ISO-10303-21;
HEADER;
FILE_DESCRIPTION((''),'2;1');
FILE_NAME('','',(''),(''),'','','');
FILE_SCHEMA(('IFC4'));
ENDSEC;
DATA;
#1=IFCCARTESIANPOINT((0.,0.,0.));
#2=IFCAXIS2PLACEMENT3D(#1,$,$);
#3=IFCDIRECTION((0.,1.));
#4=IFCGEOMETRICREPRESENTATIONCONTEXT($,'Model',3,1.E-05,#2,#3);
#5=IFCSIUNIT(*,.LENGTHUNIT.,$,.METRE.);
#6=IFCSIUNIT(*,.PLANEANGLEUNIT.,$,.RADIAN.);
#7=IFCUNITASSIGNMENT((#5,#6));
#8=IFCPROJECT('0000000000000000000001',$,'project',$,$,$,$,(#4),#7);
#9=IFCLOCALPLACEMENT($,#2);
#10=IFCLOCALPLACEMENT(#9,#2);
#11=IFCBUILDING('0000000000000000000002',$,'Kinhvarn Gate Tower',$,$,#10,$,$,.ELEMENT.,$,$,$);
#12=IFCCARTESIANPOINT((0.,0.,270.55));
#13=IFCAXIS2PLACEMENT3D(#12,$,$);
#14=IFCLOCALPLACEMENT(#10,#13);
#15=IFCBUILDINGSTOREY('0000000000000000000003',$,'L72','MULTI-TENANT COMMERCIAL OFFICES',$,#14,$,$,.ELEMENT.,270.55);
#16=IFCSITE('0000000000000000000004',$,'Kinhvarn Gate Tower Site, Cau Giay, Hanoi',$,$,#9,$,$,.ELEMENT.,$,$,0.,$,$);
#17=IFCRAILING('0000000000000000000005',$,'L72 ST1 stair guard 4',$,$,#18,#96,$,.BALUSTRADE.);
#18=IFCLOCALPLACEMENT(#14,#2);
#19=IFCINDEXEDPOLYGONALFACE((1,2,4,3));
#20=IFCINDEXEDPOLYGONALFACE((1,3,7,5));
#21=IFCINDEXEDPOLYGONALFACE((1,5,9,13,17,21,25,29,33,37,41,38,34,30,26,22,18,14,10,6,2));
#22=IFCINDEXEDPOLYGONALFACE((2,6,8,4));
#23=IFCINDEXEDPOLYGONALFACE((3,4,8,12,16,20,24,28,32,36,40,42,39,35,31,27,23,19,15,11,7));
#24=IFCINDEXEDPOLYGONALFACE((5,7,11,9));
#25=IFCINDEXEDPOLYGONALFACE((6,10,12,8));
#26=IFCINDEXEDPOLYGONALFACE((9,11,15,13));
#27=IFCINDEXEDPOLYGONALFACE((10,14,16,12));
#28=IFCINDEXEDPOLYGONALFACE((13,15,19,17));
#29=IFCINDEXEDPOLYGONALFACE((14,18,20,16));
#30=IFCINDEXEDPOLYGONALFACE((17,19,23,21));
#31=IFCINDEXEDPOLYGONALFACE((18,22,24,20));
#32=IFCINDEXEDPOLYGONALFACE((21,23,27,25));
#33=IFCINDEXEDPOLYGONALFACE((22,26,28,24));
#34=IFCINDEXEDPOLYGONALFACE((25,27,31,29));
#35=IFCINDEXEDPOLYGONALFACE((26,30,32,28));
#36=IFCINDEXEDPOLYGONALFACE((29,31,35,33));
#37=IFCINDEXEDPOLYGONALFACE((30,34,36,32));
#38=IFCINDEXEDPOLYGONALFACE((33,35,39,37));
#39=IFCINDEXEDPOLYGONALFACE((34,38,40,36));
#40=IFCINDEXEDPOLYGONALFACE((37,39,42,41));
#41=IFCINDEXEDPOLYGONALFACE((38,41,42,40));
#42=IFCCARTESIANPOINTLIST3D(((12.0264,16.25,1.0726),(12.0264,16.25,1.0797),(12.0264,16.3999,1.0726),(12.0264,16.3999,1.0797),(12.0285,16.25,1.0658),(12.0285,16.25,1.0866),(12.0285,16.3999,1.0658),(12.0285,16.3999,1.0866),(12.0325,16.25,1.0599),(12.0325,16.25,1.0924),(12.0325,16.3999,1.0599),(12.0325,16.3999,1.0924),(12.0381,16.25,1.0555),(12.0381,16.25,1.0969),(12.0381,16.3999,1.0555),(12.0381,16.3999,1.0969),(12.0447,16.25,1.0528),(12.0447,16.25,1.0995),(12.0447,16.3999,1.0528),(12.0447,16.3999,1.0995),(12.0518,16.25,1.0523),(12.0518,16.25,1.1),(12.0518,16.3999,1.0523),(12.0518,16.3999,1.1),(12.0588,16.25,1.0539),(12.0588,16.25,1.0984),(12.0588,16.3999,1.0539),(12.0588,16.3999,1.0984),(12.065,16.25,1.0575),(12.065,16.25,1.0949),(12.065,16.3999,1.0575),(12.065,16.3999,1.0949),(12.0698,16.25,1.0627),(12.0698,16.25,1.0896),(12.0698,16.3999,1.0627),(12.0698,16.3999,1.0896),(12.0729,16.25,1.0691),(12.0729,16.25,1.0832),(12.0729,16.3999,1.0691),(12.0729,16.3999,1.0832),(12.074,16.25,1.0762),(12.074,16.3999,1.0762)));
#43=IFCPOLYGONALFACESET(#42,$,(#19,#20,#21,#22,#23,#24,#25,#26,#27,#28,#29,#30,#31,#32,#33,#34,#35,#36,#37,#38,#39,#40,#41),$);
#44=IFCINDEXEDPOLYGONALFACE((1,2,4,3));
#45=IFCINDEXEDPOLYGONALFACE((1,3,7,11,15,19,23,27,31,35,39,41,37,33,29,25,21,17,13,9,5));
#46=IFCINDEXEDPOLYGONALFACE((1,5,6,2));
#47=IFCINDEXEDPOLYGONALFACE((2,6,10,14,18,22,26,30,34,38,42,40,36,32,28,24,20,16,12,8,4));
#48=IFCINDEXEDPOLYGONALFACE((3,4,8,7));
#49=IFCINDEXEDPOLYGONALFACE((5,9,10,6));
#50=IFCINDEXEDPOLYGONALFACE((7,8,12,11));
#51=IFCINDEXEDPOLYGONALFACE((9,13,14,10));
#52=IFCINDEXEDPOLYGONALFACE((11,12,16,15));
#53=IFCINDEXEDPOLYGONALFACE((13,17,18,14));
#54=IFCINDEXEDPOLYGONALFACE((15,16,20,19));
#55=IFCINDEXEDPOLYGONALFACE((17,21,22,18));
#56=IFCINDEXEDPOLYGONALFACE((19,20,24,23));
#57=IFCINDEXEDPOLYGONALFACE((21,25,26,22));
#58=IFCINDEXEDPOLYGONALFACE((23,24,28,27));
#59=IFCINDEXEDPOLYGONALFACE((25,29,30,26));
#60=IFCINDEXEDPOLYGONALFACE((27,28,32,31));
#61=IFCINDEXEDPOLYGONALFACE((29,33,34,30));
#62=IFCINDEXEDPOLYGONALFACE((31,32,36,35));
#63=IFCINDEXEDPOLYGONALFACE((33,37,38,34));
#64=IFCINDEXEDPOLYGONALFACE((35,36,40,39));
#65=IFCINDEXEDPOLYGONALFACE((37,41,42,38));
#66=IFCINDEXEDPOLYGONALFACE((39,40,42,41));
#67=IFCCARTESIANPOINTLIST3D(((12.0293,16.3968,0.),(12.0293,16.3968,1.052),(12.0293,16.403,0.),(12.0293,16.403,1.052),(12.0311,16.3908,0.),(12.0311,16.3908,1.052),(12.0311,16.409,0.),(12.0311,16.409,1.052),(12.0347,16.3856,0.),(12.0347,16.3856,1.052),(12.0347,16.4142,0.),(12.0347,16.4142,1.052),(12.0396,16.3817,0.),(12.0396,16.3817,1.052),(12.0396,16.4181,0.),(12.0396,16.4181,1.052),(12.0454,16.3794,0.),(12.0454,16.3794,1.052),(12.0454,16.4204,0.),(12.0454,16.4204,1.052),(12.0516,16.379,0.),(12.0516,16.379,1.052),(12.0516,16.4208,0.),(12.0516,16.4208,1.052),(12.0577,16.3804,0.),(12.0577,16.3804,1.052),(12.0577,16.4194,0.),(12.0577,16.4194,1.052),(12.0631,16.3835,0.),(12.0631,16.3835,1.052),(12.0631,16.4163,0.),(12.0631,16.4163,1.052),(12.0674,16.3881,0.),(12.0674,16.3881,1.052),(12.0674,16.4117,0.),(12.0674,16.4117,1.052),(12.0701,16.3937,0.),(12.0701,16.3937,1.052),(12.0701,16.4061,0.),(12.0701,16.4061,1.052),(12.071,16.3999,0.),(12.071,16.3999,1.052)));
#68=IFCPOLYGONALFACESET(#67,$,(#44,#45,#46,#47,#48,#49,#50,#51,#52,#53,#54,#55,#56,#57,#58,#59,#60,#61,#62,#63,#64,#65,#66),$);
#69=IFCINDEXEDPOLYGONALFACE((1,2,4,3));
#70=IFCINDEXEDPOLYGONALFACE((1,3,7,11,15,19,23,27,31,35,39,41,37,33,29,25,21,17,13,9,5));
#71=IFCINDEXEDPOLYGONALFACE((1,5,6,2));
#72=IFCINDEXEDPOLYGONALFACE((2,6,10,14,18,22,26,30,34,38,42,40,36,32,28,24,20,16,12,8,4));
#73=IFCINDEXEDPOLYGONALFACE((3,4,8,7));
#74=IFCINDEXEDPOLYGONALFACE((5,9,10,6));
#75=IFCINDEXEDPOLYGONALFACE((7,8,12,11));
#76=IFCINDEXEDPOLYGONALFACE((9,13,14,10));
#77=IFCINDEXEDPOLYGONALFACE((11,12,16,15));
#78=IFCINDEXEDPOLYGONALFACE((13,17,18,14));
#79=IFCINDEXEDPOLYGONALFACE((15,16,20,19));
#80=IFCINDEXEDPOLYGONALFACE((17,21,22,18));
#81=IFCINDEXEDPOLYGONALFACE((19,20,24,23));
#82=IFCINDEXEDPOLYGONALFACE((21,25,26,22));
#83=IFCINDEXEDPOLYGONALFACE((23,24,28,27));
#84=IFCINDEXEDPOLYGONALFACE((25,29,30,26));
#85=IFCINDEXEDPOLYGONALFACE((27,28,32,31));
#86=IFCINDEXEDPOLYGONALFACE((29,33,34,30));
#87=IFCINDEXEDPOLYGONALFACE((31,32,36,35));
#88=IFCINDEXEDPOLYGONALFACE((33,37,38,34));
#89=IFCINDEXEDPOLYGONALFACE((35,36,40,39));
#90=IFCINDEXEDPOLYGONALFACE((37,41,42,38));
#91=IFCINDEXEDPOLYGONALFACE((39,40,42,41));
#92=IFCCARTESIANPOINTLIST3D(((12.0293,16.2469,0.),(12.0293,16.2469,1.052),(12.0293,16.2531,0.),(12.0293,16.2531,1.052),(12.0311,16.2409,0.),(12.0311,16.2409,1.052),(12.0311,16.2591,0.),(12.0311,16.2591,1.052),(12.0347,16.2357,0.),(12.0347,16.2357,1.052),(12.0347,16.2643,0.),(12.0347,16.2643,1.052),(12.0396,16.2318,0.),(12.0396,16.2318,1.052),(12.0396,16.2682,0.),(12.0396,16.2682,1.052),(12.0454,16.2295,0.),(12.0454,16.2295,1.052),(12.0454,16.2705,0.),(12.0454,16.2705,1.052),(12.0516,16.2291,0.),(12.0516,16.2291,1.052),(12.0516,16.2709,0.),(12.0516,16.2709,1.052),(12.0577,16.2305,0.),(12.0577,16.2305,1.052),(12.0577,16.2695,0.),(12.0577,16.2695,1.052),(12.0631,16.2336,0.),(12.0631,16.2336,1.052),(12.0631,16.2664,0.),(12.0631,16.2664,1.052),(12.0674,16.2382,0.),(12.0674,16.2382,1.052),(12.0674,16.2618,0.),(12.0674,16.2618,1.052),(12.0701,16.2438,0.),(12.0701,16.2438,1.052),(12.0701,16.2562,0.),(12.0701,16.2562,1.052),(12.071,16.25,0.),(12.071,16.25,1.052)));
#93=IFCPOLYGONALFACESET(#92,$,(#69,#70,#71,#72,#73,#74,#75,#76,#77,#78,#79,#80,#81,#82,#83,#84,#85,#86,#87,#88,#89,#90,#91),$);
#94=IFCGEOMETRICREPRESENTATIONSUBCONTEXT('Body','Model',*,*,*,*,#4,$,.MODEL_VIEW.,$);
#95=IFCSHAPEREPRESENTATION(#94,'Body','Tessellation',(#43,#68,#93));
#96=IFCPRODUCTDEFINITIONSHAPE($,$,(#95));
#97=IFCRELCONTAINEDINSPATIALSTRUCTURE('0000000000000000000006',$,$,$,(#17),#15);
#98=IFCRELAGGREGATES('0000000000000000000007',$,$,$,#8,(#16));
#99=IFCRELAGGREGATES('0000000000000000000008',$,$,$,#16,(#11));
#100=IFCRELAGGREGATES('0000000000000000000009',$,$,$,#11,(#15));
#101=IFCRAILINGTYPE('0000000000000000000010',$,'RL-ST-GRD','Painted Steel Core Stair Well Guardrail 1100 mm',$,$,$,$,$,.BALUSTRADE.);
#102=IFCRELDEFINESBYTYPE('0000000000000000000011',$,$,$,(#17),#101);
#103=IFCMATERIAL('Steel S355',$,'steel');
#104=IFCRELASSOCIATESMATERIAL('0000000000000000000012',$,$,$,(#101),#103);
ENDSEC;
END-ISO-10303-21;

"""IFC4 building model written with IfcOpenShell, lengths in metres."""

from ifc_helpers import new_model, si_unit, direction, frame, origin, origin_2d, place, context, subcontext, project, spatial, circle, extrude, material, type_object, element, save


model = new_model("IFC4")

# Units and contexts
model_context = context("Model", 3, precision=1e-05, world=origin(), true_north=direction((0.0, 1.0)))
body_context = subcontext(model_context, "Body", "Model", "MODEL_VIEW")
ifc_project = project(units=[si_unit("LENGTHUNIT", "METRE"), si_unit("PLANEANGLEUNIT", "RADIAN")], contexts=[model_context])

# Site, building, storey
site_placement = place(None, origin())
site = spatial("IfcSite", under=ifc_project, at=site_placement, Name="Kinhvarn Gate Tower Site, Cau Giay, Hanoi", CompositionType="ELEMENT", RefElevation=0.0)
building_placement = place(site_placement, origin())
building = spatial("IfcBuilding", under=site, at=building_placement, Name="Kinhvarn Gate Tower", CompositionType="ELEMENT")
storey_placement = place(building_placement, frame((0.0, 0.0, 270.55)))
storey = spatial("IfcBuildingStorey", under=building, at=storey_placement, Name="L72", Description="MULTI-TENANT COMMERCIAL OFFICES", CompositionType="ELEMENT", Elevation=270.55)

# Shared definitions
ifc_material_1 = material(Name="Steel S355", Category="steel")

# Railing
railing_type_1 = type_object("IfcRailingType", Name="RL-ST-GRD", Description="Painted Steel Core Stair Well Guardrail 1100 mm", PredefinedType="BALUSTRADE", material=ifc_material_1)
railing_1_placement = place(storey_placement, frame((12.05, 16.3999, 0.0)))
element("IfcRailing", 1, at=railing_1_placement, inside=storey, type_object=railing_type_1, Name="L72 ST1 stair guard 4", PredefinedType="BALUSTRADE", context=body_context, shape_type="SweptSolid", body=[
    extrude(circle(Radius=0.0239, at=origin_2d()), frame((0.0, 0.0, 1.0762), z_axis=(0.0, -1.0, 0.0), x_axis=(1.0, 0.0, 0.0)), (0.0, 0.0, 1.0), 0.1499),
    extrude(circle(Radius=0.021, at=origin_2d()), origin(), (0.0, 0.0, 1.0), 1.052),
    extrude(circle(Radius=0.021, at=origin_2d()), frame((0.0, -0.1499, 0.0)), (0.0, 0.0, 1.0), 1.052),
])

save(model, "model.ifc")
